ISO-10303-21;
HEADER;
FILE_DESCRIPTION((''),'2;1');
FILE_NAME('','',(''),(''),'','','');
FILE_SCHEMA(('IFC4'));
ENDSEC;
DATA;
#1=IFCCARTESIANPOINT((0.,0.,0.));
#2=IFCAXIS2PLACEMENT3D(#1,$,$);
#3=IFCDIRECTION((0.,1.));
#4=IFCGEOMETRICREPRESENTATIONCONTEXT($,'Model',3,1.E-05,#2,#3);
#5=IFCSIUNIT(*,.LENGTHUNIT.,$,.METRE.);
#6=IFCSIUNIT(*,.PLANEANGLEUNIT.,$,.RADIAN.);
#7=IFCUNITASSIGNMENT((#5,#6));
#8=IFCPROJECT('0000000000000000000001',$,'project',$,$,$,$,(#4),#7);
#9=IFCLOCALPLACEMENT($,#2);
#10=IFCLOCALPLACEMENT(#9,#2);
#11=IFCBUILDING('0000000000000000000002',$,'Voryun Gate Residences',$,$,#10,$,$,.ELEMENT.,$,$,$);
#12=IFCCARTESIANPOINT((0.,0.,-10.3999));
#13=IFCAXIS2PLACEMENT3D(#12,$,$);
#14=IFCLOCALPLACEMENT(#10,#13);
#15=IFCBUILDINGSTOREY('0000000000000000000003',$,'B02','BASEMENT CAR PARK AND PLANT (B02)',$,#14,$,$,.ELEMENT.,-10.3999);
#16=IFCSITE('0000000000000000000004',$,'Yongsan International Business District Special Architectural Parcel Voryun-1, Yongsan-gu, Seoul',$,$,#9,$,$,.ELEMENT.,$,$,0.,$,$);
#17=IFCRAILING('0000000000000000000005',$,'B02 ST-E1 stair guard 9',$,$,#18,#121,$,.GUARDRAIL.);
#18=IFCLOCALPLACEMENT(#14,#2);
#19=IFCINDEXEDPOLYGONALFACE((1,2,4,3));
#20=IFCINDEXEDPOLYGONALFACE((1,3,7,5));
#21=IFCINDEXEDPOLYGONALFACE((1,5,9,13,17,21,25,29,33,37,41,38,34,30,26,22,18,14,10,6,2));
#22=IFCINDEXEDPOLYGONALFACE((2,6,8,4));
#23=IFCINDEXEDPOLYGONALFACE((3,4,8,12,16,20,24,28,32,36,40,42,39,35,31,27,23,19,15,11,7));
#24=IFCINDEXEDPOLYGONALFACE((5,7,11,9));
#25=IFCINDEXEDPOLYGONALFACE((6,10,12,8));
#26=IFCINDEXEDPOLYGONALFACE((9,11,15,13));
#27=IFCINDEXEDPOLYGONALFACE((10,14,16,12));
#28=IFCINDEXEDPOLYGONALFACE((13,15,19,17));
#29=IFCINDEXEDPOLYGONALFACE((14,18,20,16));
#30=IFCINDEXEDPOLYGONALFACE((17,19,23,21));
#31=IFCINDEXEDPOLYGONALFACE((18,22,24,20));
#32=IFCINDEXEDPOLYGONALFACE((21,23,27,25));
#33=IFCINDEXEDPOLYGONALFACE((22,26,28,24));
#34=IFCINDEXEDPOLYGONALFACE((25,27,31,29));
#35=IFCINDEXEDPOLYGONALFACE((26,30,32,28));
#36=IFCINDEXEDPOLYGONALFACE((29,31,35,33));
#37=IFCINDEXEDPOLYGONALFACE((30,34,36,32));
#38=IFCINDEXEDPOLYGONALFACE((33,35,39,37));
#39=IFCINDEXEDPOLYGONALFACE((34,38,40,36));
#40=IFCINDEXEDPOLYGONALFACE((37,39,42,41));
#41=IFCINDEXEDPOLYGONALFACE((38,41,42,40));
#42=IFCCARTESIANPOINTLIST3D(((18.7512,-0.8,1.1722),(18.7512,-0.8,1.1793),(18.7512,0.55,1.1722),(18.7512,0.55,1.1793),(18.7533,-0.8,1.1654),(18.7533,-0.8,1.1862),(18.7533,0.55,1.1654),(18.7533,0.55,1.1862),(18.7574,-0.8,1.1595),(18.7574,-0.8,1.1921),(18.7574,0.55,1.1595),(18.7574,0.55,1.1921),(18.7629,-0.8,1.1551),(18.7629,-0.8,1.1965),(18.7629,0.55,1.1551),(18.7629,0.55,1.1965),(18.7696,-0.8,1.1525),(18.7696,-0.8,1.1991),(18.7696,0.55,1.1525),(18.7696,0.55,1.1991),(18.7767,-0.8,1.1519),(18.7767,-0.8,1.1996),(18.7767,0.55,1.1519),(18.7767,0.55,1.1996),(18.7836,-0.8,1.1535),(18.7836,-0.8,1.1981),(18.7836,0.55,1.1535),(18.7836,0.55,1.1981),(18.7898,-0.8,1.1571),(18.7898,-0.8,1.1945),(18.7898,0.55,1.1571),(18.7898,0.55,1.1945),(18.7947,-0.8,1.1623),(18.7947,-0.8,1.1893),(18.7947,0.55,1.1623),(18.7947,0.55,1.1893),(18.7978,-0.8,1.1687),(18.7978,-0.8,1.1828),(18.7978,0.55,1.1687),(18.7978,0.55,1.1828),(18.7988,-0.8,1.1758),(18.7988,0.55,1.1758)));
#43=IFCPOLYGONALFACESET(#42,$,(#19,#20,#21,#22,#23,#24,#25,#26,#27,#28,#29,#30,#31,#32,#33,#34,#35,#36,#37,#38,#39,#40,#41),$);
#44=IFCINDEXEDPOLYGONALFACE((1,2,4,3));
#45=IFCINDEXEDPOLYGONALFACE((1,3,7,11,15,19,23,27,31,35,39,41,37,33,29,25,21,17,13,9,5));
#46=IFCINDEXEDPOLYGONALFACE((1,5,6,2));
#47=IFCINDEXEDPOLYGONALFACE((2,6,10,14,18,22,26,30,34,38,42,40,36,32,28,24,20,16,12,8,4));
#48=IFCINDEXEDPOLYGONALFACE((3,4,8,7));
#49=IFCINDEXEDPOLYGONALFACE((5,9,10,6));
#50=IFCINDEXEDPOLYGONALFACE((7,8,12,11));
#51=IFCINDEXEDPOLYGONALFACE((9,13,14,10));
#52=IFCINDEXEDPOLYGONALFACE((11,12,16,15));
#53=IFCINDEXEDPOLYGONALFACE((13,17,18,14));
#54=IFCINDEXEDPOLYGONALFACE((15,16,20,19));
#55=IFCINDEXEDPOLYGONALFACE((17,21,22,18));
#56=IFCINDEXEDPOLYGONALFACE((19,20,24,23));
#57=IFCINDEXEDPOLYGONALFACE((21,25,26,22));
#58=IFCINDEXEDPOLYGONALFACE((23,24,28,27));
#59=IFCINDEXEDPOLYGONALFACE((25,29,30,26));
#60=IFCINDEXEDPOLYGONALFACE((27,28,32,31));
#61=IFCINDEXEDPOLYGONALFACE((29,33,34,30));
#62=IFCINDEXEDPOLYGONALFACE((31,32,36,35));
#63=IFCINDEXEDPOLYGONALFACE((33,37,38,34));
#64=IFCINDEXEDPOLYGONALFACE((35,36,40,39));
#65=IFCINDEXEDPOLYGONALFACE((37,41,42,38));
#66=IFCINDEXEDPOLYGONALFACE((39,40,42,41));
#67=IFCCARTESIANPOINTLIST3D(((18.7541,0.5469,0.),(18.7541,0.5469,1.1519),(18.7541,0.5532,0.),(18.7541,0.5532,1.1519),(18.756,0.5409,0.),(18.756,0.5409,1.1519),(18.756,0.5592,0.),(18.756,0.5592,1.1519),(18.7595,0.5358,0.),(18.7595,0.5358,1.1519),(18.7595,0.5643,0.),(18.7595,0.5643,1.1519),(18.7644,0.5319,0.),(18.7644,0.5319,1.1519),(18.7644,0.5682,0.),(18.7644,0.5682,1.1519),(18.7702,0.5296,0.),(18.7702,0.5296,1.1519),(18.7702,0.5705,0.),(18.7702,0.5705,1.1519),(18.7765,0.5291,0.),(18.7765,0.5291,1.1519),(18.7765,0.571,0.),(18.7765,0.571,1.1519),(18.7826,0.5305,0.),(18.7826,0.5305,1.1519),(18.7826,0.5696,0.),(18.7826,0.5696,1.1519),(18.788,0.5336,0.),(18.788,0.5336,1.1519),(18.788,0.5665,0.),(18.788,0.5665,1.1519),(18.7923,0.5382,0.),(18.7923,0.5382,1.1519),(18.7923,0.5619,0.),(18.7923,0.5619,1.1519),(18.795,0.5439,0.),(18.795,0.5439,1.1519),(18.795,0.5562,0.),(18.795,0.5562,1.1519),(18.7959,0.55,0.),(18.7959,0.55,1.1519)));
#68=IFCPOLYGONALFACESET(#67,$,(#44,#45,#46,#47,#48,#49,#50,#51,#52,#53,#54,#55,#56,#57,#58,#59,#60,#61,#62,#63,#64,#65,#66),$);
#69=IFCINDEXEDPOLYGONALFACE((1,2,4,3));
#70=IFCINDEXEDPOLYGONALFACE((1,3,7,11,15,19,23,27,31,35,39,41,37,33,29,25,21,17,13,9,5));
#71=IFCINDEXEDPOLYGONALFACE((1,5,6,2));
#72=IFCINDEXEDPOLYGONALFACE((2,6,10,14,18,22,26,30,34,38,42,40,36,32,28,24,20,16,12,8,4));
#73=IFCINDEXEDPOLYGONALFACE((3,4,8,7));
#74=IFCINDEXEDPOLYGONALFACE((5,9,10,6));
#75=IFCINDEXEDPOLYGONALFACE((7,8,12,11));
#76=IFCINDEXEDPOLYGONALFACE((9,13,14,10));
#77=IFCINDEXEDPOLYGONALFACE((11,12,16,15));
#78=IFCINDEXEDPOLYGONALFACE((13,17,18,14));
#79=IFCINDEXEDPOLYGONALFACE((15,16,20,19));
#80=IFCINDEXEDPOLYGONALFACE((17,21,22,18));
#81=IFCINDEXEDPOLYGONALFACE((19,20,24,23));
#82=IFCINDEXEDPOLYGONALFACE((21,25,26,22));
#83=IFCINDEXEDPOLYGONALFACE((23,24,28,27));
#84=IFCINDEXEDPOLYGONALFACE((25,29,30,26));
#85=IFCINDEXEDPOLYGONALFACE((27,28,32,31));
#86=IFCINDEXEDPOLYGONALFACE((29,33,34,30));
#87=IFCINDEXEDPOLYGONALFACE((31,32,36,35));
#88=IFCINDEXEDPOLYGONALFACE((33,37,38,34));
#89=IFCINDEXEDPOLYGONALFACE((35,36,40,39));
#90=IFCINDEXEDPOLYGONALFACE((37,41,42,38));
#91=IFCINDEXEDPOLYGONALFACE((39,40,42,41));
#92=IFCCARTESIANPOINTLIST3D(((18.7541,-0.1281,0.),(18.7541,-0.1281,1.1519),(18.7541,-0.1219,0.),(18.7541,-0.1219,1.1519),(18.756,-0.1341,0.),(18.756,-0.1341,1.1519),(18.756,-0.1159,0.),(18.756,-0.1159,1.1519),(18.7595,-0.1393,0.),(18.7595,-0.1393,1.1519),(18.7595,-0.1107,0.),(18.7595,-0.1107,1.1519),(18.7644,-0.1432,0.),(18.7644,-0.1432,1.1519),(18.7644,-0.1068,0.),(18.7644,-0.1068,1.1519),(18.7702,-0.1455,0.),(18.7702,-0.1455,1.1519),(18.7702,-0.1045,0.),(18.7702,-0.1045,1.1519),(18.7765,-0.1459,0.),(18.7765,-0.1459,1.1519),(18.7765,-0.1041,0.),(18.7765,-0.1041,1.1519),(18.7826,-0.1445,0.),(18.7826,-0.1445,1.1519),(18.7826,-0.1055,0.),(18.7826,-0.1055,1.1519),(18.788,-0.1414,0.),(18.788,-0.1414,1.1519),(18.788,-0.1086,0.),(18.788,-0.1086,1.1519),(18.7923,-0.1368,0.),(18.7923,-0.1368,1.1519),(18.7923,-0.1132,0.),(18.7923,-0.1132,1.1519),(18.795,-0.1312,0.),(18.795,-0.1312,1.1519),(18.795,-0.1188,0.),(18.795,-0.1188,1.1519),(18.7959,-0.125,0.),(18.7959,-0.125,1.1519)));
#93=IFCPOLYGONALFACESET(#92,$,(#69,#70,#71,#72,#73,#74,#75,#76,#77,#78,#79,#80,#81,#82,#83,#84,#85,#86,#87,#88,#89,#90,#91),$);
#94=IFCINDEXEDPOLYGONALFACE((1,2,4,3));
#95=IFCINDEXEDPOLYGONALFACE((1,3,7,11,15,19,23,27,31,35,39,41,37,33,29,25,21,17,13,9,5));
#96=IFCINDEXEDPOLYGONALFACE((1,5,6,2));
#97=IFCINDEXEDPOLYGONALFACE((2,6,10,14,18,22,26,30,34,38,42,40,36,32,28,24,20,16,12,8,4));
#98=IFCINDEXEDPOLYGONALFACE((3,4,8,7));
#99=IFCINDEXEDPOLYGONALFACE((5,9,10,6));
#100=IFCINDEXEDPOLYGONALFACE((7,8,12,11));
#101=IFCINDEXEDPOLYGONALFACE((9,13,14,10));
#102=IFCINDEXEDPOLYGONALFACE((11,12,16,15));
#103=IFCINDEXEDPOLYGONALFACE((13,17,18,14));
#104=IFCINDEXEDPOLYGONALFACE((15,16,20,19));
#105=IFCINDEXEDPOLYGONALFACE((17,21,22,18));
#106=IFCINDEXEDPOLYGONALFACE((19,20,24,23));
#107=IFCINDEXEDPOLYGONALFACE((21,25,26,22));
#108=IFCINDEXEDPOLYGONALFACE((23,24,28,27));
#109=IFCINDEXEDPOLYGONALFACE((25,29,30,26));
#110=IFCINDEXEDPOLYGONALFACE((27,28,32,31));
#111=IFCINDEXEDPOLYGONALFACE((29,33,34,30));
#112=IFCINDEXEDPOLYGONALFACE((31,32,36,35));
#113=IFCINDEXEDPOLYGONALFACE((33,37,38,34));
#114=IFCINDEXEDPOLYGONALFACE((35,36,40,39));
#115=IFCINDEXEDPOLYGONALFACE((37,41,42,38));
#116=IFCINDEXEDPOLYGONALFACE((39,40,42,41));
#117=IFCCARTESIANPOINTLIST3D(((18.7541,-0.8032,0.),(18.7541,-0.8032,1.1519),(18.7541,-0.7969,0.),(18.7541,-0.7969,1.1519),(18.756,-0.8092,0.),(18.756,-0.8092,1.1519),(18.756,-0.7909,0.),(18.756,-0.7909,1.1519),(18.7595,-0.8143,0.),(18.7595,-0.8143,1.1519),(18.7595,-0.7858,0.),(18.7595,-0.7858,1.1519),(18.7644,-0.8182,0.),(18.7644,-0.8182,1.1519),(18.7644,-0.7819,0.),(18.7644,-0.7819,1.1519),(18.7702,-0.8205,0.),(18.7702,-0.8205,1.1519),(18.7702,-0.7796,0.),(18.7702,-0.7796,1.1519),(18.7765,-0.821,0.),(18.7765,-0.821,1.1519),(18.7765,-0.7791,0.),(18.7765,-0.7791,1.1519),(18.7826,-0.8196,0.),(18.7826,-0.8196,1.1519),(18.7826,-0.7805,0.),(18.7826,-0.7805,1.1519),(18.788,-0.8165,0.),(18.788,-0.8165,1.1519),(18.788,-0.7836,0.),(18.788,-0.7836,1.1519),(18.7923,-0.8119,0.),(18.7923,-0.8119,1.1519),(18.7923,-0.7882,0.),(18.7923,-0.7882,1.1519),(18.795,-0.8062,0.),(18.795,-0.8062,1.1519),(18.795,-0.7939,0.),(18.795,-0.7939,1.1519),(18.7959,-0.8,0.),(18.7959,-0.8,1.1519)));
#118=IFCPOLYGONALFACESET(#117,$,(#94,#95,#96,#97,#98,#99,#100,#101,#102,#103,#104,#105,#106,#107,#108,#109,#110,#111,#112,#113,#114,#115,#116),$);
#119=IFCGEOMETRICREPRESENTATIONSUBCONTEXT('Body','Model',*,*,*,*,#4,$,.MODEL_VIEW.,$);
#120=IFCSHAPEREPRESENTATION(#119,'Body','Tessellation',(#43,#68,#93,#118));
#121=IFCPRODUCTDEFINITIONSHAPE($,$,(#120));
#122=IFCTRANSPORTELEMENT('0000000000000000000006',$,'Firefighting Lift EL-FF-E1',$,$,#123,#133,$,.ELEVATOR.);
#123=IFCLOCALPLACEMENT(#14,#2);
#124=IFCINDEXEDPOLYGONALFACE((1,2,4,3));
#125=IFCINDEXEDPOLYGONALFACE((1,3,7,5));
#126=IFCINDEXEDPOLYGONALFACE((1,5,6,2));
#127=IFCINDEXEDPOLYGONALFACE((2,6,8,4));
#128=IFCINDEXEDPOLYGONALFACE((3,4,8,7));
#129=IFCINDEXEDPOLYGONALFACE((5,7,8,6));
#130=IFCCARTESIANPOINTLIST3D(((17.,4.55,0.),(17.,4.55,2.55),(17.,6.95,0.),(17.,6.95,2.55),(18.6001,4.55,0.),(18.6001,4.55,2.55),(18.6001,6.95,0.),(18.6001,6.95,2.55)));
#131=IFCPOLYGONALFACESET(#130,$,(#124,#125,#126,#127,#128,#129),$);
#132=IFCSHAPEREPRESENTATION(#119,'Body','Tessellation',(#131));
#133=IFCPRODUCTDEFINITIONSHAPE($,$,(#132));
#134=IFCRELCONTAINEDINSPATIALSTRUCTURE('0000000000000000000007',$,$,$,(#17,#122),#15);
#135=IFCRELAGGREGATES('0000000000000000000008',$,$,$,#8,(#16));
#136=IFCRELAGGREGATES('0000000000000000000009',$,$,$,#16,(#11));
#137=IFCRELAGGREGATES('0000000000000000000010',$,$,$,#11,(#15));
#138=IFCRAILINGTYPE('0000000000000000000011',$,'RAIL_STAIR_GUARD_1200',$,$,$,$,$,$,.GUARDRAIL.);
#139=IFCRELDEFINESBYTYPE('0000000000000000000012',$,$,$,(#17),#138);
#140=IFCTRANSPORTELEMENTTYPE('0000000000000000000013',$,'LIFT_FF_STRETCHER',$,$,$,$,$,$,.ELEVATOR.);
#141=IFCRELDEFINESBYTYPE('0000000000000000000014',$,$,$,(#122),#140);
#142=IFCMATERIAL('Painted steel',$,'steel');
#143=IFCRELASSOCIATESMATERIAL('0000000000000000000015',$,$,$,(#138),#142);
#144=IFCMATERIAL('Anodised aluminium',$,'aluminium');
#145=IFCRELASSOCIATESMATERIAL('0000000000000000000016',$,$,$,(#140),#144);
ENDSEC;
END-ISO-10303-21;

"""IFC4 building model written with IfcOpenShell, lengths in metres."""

from ifc_helpers import new_model, si_unit, direction, frame, origin, origin_2d, place, context, subcontext, project, spatial, rectangle, circle, extrude, material, type_object, element, save


model = new_model("IFC4")

# Units and contexts
model_context = context("Model", 3, precision=1e-05, world=origin(), true_north=direction((0.0, 1.0)))
body_context = subcontext(model_context, "Body", "Model", "MODEL_VIEW")
ifc_project = project(units=[si_unit("LENGTHUNIT", "METRE"), si_unit("PLANEANGLEUNIT", "RADIAN")], contexts=[model_context])

# Site, building, storey
site_placement = place(None, origin())
site = spatial("IfcSite", under=ifc_project, at=site_placement, Name="Yongsan International Business District Special Architectural Parcel Voryun-1, Yongsan-gu, Seoul", CompositionType="ELEMENT", RefElevation=0.0)
building_placement = place(site_placement, origin())
building = spatial("IfcBuilding", under=site, at=building_placement, Name="Voryun Gate Residences", CompositionType="ELEMENT")
storey_placement = place(building_placement, frame((0.0, 0.0, -10.3999)))
storey = spatial("IfcBuildingStorey", under=building, at=storey_placement, Name="B02", Description="BASEMENT CAR PARK AND PLANT (B02)", CompositionType="ELEMENT", Elevation=-10.3999)

# Railing
ifc_material_1 = material(Name="Painted steel", Category="steel")
railing_type = type_object("IfcRailingType", Name="RAIL_STAIR_GUARD_1200", PredefinedType="GUARDRAIL", material=ifc_material_1)
for number, where, name in (
    (1, (18.7749, 0.55, 0.0), "B02 ST-E1 stair guard 9"),
):
    element("IfcRailing", number, at=place(storey_placement, frame(where)), inside=storey, type_object=railing_type, Name=name, PredefinedType="GUARDRAIL", context=body_context, shape_type="SweptSolid", body=[
        extrude(circle(Radius=0.0239, at=origin_2d()), frame((0.0, 0.0, 1.1758), z_axis=(0.0, -1.0, 0.0), x_axis=(1.0, 0.0, 0.0)), (0.0, 0.0, 1.0), 1.3501),
        extrude(circle(Radius=0.021, at=origin_2d()), origin(), (0.0, 0.0, 1.0), 1.1519),
        extrude(circle(Radius=0.021, at=origin_2d()), frame((0.0, -0.675, 0.0)), (0.0, 0.0, 1.0), 1.1519),
        extrude(circle(Radius=0.021, at=origin_2d()), frame((0.0, -1.3501, 0.0)), (0.0, 0.0, 1.0), 1.1519),
    ])

# Transport element
ifc_material_2 = material(Name="Anodised aluminium", Category="aluminium")
transport_element_type = type_object("IfcTransportElementType", Name="LIFT_FF_STRETCHER", PredefinedType="ELEVATOR", material=ifc_material_2)
transport_element_placement = place(storey_placement, frame((17.8, 5.75, 0.0), z_axis=(0.0, 0.0, 1.0), x_axis=(1.0, 0.0, 0.0)))
element("IfcTransportElement", 2, at=transport_element_placement, inside=storey, type_object=transport_element_type, Name="Firefighting Lift EL-FF-E1", PredefinedType="ELEVATOR", context=body_context, shape_type="SweptSolid", body=[
    extrude(rectangle(XDim=1.6001, YDim=2.3999, at=origin_2d()), origin(), (0.0, 0.0, 1.0), 2.55),
])

save(model, "model.ifc")
